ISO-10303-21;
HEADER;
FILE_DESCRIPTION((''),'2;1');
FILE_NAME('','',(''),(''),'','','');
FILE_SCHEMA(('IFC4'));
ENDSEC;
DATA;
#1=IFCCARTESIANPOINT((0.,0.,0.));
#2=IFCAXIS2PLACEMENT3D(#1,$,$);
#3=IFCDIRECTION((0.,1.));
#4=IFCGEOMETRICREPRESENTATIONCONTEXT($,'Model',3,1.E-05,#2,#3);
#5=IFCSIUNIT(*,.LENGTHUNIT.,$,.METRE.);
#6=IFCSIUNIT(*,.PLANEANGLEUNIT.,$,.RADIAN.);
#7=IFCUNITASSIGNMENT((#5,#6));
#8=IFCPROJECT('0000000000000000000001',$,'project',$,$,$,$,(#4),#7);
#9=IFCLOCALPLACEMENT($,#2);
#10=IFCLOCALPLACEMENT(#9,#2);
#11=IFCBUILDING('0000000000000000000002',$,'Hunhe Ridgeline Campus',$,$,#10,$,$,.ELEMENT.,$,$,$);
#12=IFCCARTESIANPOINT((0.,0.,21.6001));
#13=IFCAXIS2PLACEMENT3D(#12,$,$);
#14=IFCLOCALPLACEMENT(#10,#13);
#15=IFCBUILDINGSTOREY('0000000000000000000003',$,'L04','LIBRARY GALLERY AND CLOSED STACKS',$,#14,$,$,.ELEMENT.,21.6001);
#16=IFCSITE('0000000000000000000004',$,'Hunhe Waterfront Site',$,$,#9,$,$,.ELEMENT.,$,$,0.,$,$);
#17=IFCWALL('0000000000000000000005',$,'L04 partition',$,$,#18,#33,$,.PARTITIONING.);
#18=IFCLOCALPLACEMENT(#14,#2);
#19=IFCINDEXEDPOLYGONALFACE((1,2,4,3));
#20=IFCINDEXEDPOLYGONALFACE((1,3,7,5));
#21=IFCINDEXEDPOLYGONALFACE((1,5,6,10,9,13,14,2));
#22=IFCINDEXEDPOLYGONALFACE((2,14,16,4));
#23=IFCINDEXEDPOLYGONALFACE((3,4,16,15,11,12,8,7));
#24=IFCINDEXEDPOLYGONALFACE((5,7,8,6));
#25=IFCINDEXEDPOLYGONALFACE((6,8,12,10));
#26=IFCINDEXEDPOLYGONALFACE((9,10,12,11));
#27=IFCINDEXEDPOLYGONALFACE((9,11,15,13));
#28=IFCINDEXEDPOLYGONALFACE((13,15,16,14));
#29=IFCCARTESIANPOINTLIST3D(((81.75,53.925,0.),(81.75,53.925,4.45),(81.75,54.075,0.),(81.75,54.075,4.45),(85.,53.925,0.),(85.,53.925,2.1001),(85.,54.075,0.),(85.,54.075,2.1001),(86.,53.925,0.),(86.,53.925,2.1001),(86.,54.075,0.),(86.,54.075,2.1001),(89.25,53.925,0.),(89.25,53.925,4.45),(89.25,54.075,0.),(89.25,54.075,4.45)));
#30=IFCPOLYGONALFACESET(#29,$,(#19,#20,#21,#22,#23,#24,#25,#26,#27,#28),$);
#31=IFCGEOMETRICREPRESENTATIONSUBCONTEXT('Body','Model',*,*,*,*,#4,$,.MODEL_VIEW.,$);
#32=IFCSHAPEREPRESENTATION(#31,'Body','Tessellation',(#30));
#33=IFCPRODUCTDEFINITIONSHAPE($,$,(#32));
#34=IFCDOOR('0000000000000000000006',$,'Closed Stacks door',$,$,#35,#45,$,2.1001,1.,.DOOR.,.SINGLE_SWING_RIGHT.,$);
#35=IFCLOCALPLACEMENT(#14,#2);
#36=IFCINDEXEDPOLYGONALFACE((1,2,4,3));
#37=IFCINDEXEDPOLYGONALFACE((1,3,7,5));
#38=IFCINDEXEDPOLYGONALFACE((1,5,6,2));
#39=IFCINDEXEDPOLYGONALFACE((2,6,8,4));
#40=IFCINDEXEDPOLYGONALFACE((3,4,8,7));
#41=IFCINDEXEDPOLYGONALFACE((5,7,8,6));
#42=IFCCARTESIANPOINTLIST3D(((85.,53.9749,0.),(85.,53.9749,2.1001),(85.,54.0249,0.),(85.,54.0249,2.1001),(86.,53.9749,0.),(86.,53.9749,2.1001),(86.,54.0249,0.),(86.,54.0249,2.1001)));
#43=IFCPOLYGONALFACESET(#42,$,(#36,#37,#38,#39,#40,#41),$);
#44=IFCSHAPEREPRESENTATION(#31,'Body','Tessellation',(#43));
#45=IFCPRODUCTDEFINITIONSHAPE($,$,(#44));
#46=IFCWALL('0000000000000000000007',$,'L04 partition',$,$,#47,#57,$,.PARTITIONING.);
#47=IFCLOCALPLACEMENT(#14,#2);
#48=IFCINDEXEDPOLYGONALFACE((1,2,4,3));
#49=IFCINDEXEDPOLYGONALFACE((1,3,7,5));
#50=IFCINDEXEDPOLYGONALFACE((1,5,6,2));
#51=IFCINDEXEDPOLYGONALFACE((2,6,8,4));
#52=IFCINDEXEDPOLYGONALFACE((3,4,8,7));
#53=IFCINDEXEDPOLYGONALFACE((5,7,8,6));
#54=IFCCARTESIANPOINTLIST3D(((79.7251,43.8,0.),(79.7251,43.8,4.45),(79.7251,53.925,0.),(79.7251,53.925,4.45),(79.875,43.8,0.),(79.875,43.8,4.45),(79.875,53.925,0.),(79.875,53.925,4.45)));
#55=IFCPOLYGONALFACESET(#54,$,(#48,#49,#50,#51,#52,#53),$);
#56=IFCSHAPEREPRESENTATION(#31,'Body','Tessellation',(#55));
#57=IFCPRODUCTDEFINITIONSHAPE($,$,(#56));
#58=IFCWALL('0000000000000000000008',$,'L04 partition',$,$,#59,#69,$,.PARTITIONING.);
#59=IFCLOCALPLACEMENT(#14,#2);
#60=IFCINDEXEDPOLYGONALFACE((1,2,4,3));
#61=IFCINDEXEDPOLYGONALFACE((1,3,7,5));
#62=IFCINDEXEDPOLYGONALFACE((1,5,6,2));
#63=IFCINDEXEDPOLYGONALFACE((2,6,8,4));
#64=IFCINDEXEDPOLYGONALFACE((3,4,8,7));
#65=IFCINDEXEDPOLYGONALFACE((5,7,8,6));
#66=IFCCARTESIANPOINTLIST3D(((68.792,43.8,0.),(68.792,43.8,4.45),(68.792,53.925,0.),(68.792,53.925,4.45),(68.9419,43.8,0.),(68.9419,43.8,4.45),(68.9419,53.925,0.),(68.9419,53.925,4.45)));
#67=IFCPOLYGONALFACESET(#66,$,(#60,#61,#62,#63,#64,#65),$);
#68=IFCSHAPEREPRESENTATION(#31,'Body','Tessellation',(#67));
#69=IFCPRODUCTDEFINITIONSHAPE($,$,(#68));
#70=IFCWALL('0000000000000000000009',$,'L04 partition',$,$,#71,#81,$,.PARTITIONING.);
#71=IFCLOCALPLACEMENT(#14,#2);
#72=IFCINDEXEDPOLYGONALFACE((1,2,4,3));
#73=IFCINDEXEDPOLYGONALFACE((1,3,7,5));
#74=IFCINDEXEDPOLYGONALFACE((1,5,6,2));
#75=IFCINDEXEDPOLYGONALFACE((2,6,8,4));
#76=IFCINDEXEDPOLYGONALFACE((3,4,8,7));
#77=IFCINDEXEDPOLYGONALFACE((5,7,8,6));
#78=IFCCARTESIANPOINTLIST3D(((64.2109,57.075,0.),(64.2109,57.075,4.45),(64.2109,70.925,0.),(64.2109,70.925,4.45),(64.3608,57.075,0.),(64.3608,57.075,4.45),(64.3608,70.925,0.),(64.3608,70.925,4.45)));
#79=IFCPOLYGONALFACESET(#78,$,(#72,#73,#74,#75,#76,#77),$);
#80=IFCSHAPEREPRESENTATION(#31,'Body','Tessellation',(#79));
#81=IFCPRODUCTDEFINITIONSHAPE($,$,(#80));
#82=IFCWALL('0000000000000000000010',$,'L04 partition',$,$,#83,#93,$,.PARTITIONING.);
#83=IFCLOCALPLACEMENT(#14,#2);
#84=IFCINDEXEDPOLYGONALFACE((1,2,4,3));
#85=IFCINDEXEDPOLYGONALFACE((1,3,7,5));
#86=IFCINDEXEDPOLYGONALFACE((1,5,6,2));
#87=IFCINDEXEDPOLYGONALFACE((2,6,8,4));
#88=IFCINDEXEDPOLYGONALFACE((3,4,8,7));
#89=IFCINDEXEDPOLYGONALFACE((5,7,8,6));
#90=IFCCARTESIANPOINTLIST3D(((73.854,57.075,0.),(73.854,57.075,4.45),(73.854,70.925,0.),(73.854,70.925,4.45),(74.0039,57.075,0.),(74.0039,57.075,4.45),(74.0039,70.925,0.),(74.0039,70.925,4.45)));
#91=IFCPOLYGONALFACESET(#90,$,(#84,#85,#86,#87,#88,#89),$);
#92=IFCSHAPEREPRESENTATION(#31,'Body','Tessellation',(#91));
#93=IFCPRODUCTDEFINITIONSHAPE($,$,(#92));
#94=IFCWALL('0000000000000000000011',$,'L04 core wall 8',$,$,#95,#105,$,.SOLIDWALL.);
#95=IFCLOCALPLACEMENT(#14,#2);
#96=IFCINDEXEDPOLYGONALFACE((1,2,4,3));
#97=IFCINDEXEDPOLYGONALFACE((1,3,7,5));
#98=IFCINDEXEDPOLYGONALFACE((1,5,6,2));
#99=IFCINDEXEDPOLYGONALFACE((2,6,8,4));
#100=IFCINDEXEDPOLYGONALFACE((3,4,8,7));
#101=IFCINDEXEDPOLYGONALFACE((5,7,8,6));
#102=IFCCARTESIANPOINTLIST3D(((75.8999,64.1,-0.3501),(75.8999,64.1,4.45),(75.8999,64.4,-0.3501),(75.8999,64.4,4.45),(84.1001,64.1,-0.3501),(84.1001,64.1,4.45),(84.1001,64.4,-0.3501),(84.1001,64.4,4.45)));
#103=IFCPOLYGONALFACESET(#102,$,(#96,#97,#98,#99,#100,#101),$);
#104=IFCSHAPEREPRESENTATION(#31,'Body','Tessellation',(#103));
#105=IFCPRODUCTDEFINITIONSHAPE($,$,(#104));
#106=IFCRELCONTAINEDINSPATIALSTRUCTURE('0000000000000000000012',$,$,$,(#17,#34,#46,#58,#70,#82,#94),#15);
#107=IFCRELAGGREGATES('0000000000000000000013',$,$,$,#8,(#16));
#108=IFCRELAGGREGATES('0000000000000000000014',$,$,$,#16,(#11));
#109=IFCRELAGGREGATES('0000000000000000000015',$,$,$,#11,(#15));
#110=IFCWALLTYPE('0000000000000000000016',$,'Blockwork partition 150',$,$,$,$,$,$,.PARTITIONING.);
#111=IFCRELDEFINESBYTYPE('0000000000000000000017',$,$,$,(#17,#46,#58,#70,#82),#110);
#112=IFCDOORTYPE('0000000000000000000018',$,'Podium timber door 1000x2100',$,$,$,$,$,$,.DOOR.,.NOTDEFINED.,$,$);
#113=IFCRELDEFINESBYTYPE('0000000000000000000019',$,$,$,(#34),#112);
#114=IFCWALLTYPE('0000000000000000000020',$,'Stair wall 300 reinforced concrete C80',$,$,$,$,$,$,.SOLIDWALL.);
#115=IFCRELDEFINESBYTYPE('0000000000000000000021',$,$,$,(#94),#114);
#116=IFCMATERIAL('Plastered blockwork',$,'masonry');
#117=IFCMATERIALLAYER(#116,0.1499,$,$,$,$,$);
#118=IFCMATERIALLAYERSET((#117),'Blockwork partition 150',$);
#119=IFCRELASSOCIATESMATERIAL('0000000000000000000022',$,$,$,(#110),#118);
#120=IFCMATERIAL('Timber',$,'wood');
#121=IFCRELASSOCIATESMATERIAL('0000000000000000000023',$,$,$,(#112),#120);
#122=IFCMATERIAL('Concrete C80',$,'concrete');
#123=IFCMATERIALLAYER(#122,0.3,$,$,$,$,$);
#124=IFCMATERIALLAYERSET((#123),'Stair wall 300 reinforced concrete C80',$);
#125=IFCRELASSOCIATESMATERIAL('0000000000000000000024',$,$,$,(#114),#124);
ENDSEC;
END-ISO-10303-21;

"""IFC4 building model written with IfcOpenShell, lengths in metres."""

from ifc_helpers import new_model, si_unit, direction, frame, frame_2d, origin, place, context, subcontext, project, spatial, rectangle, extrude, material, layer, layer_set, type_object, element, fill, save


model = new_model("IFC4")

# Units and contexts
model_context = context("Model", 3, precision=1e-05, world=origin(), true_north=direction((0.0, 1.0)))
body_context = subcontext(model_context, "Body", "Model", "MODEL_VIEW")
ifc_project = project(units=[si_unit("LENGTHUNIT", "METRE"), si_unit("PLANEANGLEUNIT", "RADIAN")], contexts=[model_context])

# Site, building, storey
site_placement = place(None, origin())
site = spatial("IfcSite", under=ifc_project, at=site_placement, Name="Hunhe Waterfront Site", CompositionType="ELEMENT", RefElevation=0.0)
building_placement = place(site_placement, origin())
building = spatial("IfcBuilding", under=site, at=building_placement, Name="Hunhe Ridgeline Campus", CompositionType="ELEMENT")
storey_placement = place(building_placement, frame((0.0, 0.0, 21.6001)))
storey = spatial("IfcBuildingStorey", under=building, at=storey_placement, Name="L04", Description="LIBRARY GALLERY AND CLOSED STACKS", CompositionType="ELEMENT", Elevation=21.6001)

# Shared definitions
ifc_material_1 = material(Name="Concrete C80", Category="concrete")

# Shared definitions
ifc_material_2 = material(Name="Plastered blockwork", Category="masonry")
ifc_layer_1 = layer(ifc_material_2, 0.1499)
ifc_layer_set_1 = layer_set([ifc_layer_1], Name="Blockwork partition 150")
wall_type_1 = type_object("IfcWallType", Name="Blockwork partition 150", PredefinedType="PARTITIONING", material=ifc_layer_set_1)

# Wall, opening, door
ifc_material_3 = material(Name="Timber", Category="wood")
door_type_1 = type_object("IfcDoorType", Name="Podium timber door 1000x2100", OperationType="NOTDEFINED", PredefinedType="DOOR", material=ifc_material_3)
wall_1_placement = place(storey_placement, frame((81.75, 54.0, 0.0), z_axis=(0.0, 0.0, 1.0), x_axis=(1.0, 0.0, 0.0)))
wall_1 = element("IfcWall", 1, at=wall_1_placement, inside=storey, type_object=wall_type_1, Name="L04 partition", PredefinedType="PARTITIONING", context=body_context, shape_type="SweptSolid", body=[
    extrude(rectangle(XDim=7.5, YDim=0.1499, at=frame_2d((3.75, 0.0))), origin(), (0.0, 0.0, 1.0), 4.45),
])
opening_1_placement = place(wall_1_placement, frame((3.25, 0.0, 0.0)))
opening_1 = element("IfcOpeningElement", 2, at=opening_1_placement, cuts=wall_1, PredefinedType="OPENING", context=body_context, shape_type="SweptSolid", body=[
    extrude(rectangle(XDim=1.0, YDim=2.1001, at=frame_2d((0.5, 1.05))), frame((0.0, 0.075, 0.0), z_axis=(0.0, -1.0, 0.0), x_axis=(1.0, 0.0, 0.0)), (0.0, 0.0, 1.0), 0.1499),
])
door_1_placement = place(opening_1_placement, origin())
door_1 = element("IfcDoor", 3, at=door_1_placement, inside=storey, type_object=door_type_1, Name="Closed Stacks door", OperationType="SINGLE_SWING_RIGHT", OverallHeight=2.1001, OverallWidth=1.0, PredefinedType="DOOR", context=body_context, shape_type="SweptSolid", body=[
    extrude(rectangle(XDim=1.0, YDim=2.1001, at=frame_2d((0.5, 1.05))), frame((0.0, 0.0249, 0.0), z_axis=(0.0, -1.0, 0.0), x_axis=(1.0, 0.0, 0.0)), (0.0, 0.0, 1.0), 0.05),
])
fill(opening_1, door_1)

# Walls
for number, where, z_axis, x_axis, name in (
    (4, (79.8, 43.8, 0.0), (0.0, 0.0, 1.0), (0.0, 1.0, 0.0), "L04 partition"),
    (5, (68.8669, 43.8, 0.0), (0.0, 0.0, 1.0), (0.0, 1.0, 0.0), "L04 partition"),
):
    element("IfcWall", number, at=place(storey_placement, frame(where, z_axis=z_axis, x_axis=x_axis)), inside=storey, type_object=wall_type_1, Name=name, PredefinedType="PARTITIONING", context=body_context, shape_type="SweptSolid", body=[
        extrude(rectangle(XDim=10.125, YDim=0.1499, at=frame_2d((5.0625, 0.0))), origin(), (0.0, 0.0, 1.0), 4.45),
    ])
for number, where, z_axis, x_axis, name in (
    (6, (64.2859, 57.075, 0.0), (0.0, 0.0, 1.0), (0.0, 1.0, 0.0), "L04 partition"),
    (7, (73.929, 57.075, 0.0), (0.0, 0.0, 1.0), (0.0, 1.0, 0.0), "L04 partition"),
):
    element("IfcWall", number, at=place(storey_placement, frame(where, z_axis=z_axis, x_axis=x_axis)), inside=storey, type_object=wall_type_1, Name=name, PredefinedType="PARTITIONING", context=body_context, shape_type="SweptSolid", body=[
        extrude(rectangle(XDim=13.8501, YDim=0.1499, at=frame_2d((6.925, 0.0))), origin(), (0.0, 0.0, 1.0), 4.45),
    ])
ifc_layer_2 = layer(ifc_material_1, 0.3)
ifc_layer_set_2 = layer_set([ifc_layer_2], Name="Stair wall 300 reinforced concrete C80")
wall_type_2 = type_object("IfcWallType", Name="Stair wall 300 reinforced concrete C80", PredefinedType="SOLIDWALL", material=ifc_layer_set_2)
wall_2_placement = place(storey_placement, frame((75.8999, 64.25, -0.3501), z_axis=(0.0, 0.0, 1.0), x_axis=(1.0, 0.0, 0.0)))
element("IfcWall", 8, at=wall_2_placement, inside=storey, type_object=wall_type_2, Name="L04 core wall 8", PredefinedType="SOLIDWALL", context=body_context, shape_type="SweptSolid", body=[
    extrude(rectangle(XDim=8.2002, YDim=0.3, at=frame_2d((4.1001, 0.0))), origin(), (0.0, 0.0, 1.0), 4.8),
])

save(model, "model.ifc")
